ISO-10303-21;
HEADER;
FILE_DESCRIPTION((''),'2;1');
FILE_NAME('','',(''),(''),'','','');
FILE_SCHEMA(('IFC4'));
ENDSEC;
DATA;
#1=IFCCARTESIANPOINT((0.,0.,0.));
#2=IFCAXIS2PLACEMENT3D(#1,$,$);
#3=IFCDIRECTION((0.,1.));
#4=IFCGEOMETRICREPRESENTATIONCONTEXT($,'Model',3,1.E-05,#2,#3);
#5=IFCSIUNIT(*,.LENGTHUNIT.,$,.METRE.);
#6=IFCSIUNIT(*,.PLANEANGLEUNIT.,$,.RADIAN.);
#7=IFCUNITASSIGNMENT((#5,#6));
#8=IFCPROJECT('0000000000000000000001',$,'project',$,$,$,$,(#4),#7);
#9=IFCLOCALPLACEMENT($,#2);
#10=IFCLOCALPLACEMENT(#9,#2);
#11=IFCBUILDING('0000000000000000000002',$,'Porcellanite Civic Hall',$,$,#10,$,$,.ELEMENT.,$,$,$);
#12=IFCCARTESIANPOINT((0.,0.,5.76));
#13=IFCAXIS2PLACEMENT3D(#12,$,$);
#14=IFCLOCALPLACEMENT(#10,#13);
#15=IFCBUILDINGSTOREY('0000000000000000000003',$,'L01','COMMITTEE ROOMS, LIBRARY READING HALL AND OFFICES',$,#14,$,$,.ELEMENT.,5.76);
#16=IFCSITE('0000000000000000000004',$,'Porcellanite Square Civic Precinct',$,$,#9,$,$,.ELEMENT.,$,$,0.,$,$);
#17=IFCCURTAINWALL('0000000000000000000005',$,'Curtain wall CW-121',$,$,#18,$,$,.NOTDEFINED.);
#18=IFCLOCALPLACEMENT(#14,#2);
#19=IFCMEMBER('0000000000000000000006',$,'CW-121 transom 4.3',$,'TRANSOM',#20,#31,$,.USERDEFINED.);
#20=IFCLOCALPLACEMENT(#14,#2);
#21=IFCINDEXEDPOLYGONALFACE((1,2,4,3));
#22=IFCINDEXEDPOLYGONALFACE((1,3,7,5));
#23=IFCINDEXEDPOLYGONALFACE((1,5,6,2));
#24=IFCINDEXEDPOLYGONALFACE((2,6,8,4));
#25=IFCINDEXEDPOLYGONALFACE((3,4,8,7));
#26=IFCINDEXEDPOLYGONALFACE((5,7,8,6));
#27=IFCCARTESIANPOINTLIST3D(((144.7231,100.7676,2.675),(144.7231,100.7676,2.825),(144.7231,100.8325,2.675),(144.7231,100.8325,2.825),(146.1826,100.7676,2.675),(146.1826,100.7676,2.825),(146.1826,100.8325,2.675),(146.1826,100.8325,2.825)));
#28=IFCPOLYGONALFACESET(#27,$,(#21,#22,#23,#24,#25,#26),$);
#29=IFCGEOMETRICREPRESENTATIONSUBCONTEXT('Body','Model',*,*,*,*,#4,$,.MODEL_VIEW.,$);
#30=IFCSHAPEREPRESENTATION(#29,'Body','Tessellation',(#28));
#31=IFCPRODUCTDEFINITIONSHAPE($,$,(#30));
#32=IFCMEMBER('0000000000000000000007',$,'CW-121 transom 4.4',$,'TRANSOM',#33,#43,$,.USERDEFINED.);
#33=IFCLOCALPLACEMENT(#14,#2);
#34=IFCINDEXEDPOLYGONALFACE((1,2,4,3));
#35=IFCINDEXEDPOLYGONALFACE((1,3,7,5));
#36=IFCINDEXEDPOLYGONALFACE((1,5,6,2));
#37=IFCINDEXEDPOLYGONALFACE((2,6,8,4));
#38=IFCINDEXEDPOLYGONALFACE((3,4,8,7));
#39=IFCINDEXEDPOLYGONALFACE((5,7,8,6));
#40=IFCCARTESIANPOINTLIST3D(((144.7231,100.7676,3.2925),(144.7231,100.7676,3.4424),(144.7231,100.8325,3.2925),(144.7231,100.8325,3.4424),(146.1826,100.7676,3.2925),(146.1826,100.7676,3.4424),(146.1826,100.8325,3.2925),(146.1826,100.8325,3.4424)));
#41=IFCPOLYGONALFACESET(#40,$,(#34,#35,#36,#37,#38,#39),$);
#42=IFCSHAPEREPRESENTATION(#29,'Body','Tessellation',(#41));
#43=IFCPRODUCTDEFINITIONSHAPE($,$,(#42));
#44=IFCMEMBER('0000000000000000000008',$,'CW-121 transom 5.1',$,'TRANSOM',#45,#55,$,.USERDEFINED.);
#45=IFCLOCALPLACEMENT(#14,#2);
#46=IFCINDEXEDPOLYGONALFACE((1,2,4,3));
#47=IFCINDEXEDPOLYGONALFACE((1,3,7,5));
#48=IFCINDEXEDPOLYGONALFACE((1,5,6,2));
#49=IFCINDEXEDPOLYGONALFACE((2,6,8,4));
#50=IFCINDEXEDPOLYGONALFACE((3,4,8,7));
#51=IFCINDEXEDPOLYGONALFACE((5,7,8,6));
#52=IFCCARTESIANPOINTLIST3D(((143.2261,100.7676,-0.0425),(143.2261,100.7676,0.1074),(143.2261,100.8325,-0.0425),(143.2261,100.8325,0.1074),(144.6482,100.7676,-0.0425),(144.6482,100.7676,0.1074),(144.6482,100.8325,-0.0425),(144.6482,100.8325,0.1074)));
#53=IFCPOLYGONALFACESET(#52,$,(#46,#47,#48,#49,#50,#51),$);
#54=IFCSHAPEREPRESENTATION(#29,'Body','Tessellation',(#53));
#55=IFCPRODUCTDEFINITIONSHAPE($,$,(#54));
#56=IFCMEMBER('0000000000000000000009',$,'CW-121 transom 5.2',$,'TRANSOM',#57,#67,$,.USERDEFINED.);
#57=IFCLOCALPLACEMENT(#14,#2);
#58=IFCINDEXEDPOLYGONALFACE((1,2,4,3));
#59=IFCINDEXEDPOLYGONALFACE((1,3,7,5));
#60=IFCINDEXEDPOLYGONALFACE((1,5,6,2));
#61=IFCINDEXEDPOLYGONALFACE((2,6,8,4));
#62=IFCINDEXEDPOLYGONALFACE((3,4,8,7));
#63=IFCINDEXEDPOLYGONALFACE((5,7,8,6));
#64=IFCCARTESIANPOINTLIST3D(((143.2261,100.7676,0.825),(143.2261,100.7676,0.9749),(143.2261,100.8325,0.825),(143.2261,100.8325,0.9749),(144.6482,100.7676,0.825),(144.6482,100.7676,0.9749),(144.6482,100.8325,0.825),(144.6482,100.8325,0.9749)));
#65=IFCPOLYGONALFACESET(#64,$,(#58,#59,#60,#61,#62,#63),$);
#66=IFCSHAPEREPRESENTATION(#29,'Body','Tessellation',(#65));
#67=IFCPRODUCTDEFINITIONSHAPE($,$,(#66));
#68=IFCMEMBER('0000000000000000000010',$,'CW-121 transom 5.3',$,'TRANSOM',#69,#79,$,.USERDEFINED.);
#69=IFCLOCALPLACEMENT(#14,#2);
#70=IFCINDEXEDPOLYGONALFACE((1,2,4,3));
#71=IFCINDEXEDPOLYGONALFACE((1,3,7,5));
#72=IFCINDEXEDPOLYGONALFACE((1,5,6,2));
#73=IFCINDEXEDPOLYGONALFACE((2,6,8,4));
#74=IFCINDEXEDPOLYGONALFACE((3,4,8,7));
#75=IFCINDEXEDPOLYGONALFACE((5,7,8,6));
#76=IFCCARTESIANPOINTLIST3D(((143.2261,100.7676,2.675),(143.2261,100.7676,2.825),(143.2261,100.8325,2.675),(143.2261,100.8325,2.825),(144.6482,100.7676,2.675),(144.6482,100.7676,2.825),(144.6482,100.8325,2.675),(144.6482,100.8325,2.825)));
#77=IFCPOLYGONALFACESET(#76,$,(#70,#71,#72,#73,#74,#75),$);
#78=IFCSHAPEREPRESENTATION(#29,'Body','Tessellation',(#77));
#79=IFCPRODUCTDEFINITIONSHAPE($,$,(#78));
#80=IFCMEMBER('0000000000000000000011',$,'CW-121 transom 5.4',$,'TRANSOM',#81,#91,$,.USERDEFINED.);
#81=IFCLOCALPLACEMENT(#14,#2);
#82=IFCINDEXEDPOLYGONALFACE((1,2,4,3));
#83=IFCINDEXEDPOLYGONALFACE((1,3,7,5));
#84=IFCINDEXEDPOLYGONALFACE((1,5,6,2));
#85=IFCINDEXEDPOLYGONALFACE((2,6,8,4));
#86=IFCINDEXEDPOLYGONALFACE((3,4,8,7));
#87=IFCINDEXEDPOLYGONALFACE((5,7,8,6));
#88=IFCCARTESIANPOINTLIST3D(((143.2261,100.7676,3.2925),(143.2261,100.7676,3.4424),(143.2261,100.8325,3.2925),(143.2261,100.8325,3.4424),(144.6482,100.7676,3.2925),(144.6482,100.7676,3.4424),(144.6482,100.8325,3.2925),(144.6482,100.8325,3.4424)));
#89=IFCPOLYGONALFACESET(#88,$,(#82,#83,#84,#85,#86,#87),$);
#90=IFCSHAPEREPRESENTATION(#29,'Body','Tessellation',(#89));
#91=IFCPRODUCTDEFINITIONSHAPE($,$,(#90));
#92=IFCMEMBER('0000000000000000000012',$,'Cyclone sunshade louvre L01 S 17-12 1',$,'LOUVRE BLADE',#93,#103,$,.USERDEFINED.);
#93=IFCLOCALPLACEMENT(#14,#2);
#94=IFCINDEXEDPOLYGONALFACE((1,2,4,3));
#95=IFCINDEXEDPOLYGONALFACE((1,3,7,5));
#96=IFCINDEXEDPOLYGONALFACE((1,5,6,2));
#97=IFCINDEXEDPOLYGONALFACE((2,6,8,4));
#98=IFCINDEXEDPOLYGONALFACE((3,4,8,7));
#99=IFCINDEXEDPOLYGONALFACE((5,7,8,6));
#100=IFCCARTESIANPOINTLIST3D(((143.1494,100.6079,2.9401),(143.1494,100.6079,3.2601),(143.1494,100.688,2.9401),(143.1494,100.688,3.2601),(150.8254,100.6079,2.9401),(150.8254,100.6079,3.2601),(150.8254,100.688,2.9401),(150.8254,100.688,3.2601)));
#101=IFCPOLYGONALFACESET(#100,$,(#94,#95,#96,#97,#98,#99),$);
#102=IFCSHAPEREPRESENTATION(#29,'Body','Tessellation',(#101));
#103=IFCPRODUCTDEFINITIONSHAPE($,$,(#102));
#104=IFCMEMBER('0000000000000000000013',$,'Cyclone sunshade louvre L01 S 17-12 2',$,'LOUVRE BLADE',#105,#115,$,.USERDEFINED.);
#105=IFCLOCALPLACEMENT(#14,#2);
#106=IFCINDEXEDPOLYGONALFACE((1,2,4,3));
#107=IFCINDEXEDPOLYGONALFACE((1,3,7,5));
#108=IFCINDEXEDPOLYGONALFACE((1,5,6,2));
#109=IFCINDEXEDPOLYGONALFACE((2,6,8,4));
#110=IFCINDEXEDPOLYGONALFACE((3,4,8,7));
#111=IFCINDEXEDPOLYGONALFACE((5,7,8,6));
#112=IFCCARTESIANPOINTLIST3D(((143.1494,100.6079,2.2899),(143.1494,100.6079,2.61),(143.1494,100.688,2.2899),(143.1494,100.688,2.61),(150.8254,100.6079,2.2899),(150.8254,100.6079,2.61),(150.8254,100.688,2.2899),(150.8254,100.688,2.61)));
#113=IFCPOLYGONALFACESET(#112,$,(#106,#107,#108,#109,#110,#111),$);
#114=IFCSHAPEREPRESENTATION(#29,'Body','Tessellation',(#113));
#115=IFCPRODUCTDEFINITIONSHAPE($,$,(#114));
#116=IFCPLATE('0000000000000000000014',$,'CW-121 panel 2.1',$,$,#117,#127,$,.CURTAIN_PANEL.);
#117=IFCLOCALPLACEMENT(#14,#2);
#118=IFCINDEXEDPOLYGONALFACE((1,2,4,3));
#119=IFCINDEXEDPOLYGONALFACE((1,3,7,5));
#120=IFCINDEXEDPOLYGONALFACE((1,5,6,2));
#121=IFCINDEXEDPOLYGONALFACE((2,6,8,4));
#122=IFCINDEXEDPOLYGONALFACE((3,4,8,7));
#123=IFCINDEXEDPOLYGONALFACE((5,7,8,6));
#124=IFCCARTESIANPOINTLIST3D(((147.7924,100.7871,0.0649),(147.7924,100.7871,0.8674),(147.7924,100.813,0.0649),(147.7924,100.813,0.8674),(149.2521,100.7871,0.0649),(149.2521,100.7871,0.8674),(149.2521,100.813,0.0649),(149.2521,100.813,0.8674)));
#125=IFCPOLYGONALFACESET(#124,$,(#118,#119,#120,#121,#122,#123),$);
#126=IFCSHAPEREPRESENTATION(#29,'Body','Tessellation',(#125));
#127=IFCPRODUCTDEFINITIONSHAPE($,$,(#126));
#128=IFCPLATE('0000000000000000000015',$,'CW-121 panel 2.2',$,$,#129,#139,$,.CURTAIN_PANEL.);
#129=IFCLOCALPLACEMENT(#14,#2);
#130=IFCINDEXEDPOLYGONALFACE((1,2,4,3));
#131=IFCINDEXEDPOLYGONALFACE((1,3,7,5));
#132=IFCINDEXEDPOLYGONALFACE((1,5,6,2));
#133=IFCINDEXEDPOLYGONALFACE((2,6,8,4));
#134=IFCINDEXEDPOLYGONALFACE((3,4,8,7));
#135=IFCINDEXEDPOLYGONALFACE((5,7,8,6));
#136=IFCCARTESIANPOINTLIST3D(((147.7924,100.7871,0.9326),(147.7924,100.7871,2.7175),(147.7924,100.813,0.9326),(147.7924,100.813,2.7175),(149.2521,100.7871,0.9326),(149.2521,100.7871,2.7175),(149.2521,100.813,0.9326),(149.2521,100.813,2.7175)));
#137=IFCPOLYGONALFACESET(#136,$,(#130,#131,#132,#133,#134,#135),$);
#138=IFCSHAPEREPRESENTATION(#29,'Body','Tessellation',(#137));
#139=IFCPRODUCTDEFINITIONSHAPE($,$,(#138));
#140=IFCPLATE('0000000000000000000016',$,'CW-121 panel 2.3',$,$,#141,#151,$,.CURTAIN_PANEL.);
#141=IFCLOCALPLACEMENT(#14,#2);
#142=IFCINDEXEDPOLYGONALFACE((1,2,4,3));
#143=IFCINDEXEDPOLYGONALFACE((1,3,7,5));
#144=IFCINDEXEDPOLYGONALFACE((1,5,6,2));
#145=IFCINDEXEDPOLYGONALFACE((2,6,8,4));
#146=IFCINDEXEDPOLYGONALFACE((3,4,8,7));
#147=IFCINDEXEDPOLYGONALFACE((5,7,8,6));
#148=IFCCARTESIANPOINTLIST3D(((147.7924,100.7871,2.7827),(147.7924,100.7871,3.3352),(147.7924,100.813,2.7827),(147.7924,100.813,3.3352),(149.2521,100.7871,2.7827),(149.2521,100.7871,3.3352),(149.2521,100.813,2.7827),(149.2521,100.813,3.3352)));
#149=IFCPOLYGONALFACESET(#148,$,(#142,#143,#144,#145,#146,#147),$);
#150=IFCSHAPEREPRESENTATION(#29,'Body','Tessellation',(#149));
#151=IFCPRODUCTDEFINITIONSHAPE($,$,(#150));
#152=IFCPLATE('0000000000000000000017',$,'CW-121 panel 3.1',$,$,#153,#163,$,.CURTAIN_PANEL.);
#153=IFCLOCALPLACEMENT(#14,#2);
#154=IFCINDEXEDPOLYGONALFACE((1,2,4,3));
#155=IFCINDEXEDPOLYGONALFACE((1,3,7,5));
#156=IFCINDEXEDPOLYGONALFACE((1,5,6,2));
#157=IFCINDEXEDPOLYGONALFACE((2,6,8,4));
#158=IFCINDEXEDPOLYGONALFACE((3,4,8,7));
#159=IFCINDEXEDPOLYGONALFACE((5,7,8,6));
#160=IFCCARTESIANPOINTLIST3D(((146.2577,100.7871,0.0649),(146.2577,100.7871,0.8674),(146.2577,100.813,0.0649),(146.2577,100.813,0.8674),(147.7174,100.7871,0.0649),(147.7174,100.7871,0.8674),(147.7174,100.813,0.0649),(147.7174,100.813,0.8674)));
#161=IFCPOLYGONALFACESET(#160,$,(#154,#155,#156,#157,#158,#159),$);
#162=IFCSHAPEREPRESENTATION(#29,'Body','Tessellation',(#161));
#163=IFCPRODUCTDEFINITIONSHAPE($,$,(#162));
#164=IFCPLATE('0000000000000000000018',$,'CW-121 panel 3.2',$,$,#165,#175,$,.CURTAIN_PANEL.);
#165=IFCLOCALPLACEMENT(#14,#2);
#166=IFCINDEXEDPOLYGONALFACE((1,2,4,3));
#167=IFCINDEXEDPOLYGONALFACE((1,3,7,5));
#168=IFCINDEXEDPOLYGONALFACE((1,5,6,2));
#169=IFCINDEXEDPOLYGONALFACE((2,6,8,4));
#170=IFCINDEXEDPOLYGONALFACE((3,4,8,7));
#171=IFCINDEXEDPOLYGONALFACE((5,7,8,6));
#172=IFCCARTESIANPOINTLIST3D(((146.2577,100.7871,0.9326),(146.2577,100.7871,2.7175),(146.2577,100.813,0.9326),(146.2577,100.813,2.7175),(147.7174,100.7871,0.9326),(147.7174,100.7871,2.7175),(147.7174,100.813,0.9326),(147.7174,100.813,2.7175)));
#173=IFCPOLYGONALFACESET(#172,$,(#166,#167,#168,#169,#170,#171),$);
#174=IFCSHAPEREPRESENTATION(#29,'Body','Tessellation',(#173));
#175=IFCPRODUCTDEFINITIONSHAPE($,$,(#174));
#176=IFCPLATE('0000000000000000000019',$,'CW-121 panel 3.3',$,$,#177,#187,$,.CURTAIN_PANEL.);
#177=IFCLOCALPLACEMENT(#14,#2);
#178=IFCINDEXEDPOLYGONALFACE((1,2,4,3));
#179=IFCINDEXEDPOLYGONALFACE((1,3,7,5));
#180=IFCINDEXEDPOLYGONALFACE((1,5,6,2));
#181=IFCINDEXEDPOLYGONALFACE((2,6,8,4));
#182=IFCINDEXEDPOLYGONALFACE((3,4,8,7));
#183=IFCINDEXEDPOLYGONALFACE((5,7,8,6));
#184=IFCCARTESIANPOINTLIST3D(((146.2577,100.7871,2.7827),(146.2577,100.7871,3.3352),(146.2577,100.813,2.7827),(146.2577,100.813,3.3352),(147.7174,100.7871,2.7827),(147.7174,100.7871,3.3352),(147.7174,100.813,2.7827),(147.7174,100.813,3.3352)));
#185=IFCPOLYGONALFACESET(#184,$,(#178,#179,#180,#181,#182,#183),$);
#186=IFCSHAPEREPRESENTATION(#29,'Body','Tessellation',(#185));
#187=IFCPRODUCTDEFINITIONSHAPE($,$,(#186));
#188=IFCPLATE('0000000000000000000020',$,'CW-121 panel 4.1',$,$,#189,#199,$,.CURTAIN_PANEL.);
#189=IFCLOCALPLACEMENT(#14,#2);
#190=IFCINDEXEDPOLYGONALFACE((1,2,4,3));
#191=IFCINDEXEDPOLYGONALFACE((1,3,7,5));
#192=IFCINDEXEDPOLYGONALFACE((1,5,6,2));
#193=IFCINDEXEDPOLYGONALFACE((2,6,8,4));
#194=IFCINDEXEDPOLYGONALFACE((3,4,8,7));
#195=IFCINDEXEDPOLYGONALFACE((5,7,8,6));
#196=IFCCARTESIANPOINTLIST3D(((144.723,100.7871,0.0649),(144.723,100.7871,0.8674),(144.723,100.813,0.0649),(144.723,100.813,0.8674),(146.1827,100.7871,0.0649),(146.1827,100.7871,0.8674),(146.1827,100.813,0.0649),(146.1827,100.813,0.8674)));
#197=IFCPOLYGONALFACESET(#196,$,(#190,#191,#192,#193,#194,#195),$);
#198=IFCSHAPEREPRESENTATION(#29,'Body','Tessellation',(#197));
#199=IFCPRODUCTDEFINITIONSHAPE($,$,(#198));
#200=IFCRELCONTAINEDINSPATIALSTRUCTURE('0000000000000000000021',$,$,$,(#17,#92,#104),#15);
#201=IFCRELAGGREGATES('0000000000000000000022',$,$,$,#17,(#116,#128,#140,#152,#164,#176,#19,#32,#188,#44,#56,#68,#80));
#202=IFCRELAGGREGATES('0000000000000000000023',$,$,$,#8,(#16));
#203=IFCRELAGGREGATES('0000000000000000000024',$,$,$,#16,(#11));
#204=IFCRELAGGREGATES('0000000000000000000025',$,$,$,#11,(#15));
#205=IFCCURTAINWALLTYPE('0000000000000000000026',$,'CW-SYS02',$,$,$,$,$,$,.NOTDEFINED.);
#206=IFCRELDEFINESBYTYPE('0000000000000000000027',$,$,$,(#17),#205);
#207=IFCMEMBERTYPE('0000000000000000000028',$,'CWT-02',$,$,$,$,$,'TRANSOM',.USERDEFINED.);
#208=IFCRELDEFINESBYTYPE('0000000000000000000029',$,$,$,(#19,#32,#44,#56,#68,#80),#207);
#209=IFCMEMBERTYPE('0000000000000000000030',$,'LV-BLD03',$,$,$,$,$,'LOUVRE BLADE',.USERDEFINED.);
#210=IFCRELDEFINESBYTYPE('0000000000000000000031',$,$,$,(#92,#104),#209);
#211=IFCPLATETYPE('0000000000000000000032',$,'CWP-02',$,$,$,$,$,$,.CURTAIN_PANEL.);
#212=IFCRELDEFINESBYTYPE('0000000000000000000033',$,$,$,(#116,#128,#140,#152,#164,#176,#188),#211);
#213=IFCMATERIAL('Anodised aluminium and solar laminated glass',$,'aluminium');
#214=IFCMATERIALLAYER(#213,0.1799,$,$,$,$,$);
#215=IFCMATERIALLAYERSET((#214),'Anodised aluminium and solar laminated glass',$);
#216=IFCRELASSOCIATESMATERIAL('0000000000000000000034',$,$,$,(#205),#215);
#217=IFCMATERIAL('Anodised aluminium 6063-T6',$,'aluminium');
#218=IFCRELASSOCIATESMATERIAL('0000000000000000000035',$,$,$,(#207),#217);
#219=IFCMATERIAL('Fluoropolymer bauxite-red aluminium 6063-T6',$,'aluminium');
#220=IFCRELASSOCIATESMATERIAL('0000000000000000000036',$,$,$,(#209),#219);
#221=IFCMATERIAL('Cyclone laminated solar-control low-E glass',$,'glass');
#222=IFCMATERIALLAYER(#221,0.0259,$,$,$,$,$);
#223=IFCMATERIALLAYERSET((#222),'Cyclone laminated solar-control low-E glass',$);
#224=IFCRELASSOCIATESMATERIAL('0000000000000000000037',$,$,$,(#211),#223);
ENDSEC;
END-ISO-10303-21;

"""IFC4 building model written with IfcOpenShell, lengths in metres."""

from ifc_helpers import new_model, si_unit, direction, frame, origin, origin_2d, place, context, subcontext, project, spatial, rectangle, extrude, material, layer, layer_set, material_profile, profile_set, type_object, element, aggregate, save


model = new_model("IFC4")

# Units and contexts
model_context = context("Model", 3, precision=1e-05, world=origin(), true_north=direction((0.0, 1.0)))
body_context = subcontext(model_context, "Body", "Model", "MODEL_VIEW")
ifc_project = project(units=[si_unit("LENGTHUNIT", "METRE"), si_unit("PLANEANGLEUNIT", "RADIAN")], contexts=[model_context])

# Site, building, storey
site_placement = place(None, origin())
site = spatial("IfcSite", under=ifc_project, at=site_placement, Name="Porcellanite Square Civic Precinct", CompositionType="ELEMENT", RefElevation=0.0)
building_placement = place(site_placement, origin())
building = spatial("IfcBuilding", under=site, at=building_placement, Name="Porcellanite Civic Hall", CompositionType="ELEMENT")
storey_placement = place(building_placement, frame((0.0, 0.0, 5.76)))
storey = spatial("IfcBuildingStorey", under=building, at=storey_placement, Name="L01", Description="COMMITTEE ROOMS, LIBRARY READING HALL AND OFFICES", CompositionType="ELEMENT", Elevation=5.76)

# Curtain wall, members
ifc_material_1 = material(Name="Anodised aluminium and solar laminated glass", Category="aluminium")
ifc_layer_1 = layer(ifc_material_1, 0.1799)
ifc_layer_set_1 = layer_set([ifc_layer_1], Name="Anodised aluminium and solar laminated glass")
curtain_wall_type = type_object("IfcCurtainWallType", Name="CW-SYS02", PredefinedType="NOTDEFINED", material=ifc_layer_set_1)
curtain_wall_placement = place(storey_placement, origin())
curtain_wall = element("IfcCurtainWall", 1, at=curtain_wall_placement, inside=storey, type_object=curtain_wall_type, Name="Curtain wall CW-121", PredefinedType="NOTDEFINED")
ifc_material_2 = material(Name="Anodised aluminium 6063-T6", Category="aluminium")
ifc_material_profile_1 = material_profile(ifc_material_2, rectangle(XDim=0.0649, YDim=0.1499, at=origin_2d()), Name="AL-65x150")
ifc_profile_set_1 = profile_set([ifc_material_profile_1], Name="Anodised aluminium 6063-T6")
member_type_1 = type_object("IfcMemberType", Name="CWT-02", ElementType="TRANSOM", PredefinedType="USERDEFINED", material=ifc_profile_set_1)
member_1_placement = place(storey_placement, frame((146.1826, 100.8, 2.75), z_axis=(-1.0, 0.0, 0.0), x_axis=(0.0, -1.0, 0.0)))
member_1 = element("IfcMember", 2, at=member_1_placement, type_object=member_type_1, Name="CW-121 transom 4.3", ObjectType="TRANSOM", PredefinedType="USERDEFINED", context=body_context, shape_type="SweptSolid", body=[
    extrude(rectangle(XDim=0.0649, YDim=0.1499, at=origin_2d()), origin(), (0.0, 0.0, 1.0), 1.4595),
])
member_2_placement = place(storey_placement, frame((146.1826, 100.8, 3.3674), z_axis=(-1.0, 0.0, 0.0), x_axis=(0.0, -1.0, 0.0)))
member_2 = element("IfcMember", 3, at=member_2_placement, type_object=member_type_1, Name="CW-121 transom 4.4", ObjectType="TRANSOM", PredefinedType="USERDEFINED", context=body_context, shape_type="SweptSolid", body=[
    extrude(rectangle(XDim=0.0649, YDim=0.1499, at=origin_2d()), origin(), (0.0, 0.0, 1.0), 1.4595),
])
member_3_placement = place(storey_placement, frame((144.6482, 100.8, 0.0325), z_axis=(-1.0, 0.0, 0.0), x_axis=(0.0, -1.0, 0.0)))
member_3 = element("IfcMember", 4, at=member_3_placement, type_object=member_type_1, Name="CW-121 transom 5.1", ObjectType="TRANSOM", PredefinedType="USERDEFINED", context=body_context, shape_type="SweptSolid", body=[
    extrude(rectangle(XDim=0.0649, YDim=0.1499, at=origin_2d()), origin(), (0.0, 0.0, 1.0), 1.4221),
])
member_4_placement = place(storey_placement, frame((144.6482, 100.8, 0.8999), z_axis=(-1.0, 0.0, 0.0), x_axis=(0.0, -1.0, 0.0)))
member_4 = element("IfcMember", 5, at=member_4_placement, type_object=member_type_1, Name="CW-121 transom 5.2", ObjectType="TRANSOM", PredefinedType="USERDEFINED", context=body_context, shape_type="SweptSolid", body=[
    extrude(rectangle(XDim=0.0649, YDim=0.1499, at=origin_2d()), origin(), (0.0, 0.0, 1.0), 1.4221),
])
member_5_placement = place(storey_placement, frame((144.6482, 100.8, 2.75), z_axis=(-1.0, 0.0, 0.0), x_axis=(0.0, -1.0, 0.0)))
member_5 = element("IfcMember", 6, at=member_5_placement, type_object=member_type_1, Name="CW-121 transom 5.3", ObjectType="TRANSOM", PredefinedType="USERDEFINED", context=body_context, shape_type="SweptSolid", body=[
    extrude(rectangle(XDim=0.0649, YDim=0.1499, at=origin_2d()), origin(), (0.0, 0.0, 1.0), 1.4221),
])
member_6_placement = place(storey_placement, frame((144.6482, 100.8, 3.3674), z_axis=(-1.0, 0.0, 0.0), x_axis=(0.0, -1.0, 0.0)))
member_6 = element("IfcMember", 7, at=member_6_placement, type_object=member_type_1, Name="CW-121 transom 5.4", ObjectType="TRANSOM", PredefinedType="USERDEFINED", context=body_context, shape_type="SweptSolid", body=[
    extrude(rectangle(XDim=0.0649, YDim=0.1499, at=origin_2d()), origin(), (0.0, 0.0, 1.0), 1.4221),
])

# Members
ifc_material_3 = material(Name="Fluoropolymer bauxite-red aluminium 6063-T6", Category="aluminium")
ifc_material_profile_2 = material_profile(ifc_material_3, rectangle(XDim=0.0801, YDim=0.3201, at=origin_2d()), Name="AL-80x320")
ifc_profile_set_2 = profile_set([ifc_material_profile_2], Name="Fluoropolymer bauxite-red aluminium 6063-T6")
member_type_2 = type_object("IfcMemberType", Name="LV-BLD03", ElementType="LOUVRE BLADE", PredefinedType="USERDEFINED", material=ifc_profile_set_2)
for number, where, z_axis, x_axis, name in (
    (8, (150.8254, 100.6479, 3.1001), (-1.0, 0.0, 0.0), (0.0, -1.0, 0.0), "Cyclone sunshade louvre L01 S 17-12 1"),
    (9, (150.8254, 100.6479, 2.45), (-1.0, 0.0, 0.0), (0.0, -1.0, 0.0), "Cyclone sunshade louvre L01 S 17-12 2"),
):
    element("IfcMember", number, at=place(storey_placement, frame(where, z_axis=z_axis, x_axis=x_axis)), inside=storey, type_object=member_type_2, Name=name, ObjectType="LOUVRE BLADE", PredefinedType="USERDEFINED", context=body_context, shape_type="SweptSolid", body=[
        extrude(rectangle(XDim=0.0801, YDim=0.3201, at=origin_2d()), origin(), (0.0, 0.0, 1.0), 7.676),
    ])

# Plates
ifc_material_4 = material(Name="Cyclone laminated solar-control low-E glass", Category="glass")
ifc_layer_2 = layer(ifc_material_4, 0.0259)
ifc_layer_set_2 = layer_set([ifc_layer_2], Name="Cyclone laminated solar-control low-E glass")
plate_type = type_object("IfcPlateType", Name="CWP-02", PredefinedType="CURTAIN_PANEL", material=ifc_layer_set_2)
plate_1_placement = place(storey_placement, frame((148.5222, 100.8, 0.0649), z_axis=(0.0, 0.0, 1.0), x_axis=(-1.0, 0.0, 0.0)))
plate_1 = element("IfcPlate", 10, at=plate_1_placement, type_object=plate_type, Name="CW-121 panel 2.1", PredefinedType="CURTAIN_PANEL", context=body_context, shape_type="SweptSolid", body=[
    extrude(rectangle(XDim=1.4597, YDim=0.0259, at=origin_2d()), origin(), (0.0, 0.0, 1.0), 0.8025),
])
plate_2_placement = place(storey_placement, frame((148.5222, 100.8, 0.9326), z_axis=(0.0, 0.0, 1.0), x_axis=(-1.0, 0.0, 0.0)))
plate_2 = element("IfcPlate", 11, at=plate_2_placement, type_object=plate_type, Name="CW-121 panel 2.2", PredefinedType="CURTAIN_PANEL", context=body_context, shape_type="SweptSolid", body=[
    extrude(rectangle(XDim=1.4597, YDim=0.0259, at=origin_2d()), origin(), (0.0, 0.0, 1.0), 1.7849),
])
plate_3_placement = place(storey_placement, frame((148.5222, 100.8, 2.7827), z_axis=(0.0, 0.0, 1.0), x_axis=(-1.0, 0.0, 0.0)))
plate_3 = element("IfcPlate", 12, at=plate_3_placement, type_object=plate_type, Name="CW-121 panel 2.3", PredefinedType="CURTAIN_PANEL", context=body_context, shape_type="SweptSolid", body=[
    extrude(rectangle(XDim=1.4597, YDim=0.0259, at=origin_2d()), origin(), (0.0, 0.0, 1.0), 0.5525),
])
plate_4_placement = place(storey_placement, frame((146.9875, 100.8, 0.0649), z_axis=(0.0, 0.0, 1.0), x_axis=(-1.0, 0.0, 0.0)))
plate_4 = element("IfcPlate", 13, at=plate_4_placement, type_object=plate_type, Name="CW-121 panel 3.1", PredefinedType="CURTAIN_PANEL", context=body_context, shape_type="SweptSolid", body=[
    extrude(rectangle(XDim=1.4597, YDim=0.0259, at=origin_2d()), origin(), (0.0, 0.0, 1.0), 0.8025),
])
plate_5_placement = place(storey_placement, frame((146.9875, 100.8, 0.9326), z_axis=(0.0, 0.0, 1.0), x_axis=(-1.0, 0.0, 0.0)))
plate_5 = element("IfcPlate", 14, at=plate_5_placement, type_object=plate_type, Name="CW-121 panel 3.2", PredefinedType="CURTAIN_PANEL", context=body_context, shape_type="SweptSolid", body=[
    extrude(rectangle(XDim=1.4597, YDim=0.0259, at=origin_2d()), origin(), (0.0, 0.0, 1.0), 1.7849),
])
plate_6_placement = place(storey_placement, frame((146.9875, 100.8, 2.7827), z_axis=(0.0, 0.0, 1.0), x_axis=(-1.0, 0.0, 0.0)))
plate_6 = element("IfcPlate", 15, at=plate_6_placement, type_object=plate_type, Name="CW-121 panel 3.3", PredefinedType="CURTAIN_PANEL", context=body_context, shape_type="SweptSolid", body=[
    extrude(rectangle(XDim=1.4597, YDim=0.0259, at=origin_2d()), origin(), (0.0, 0.0, 1.0), 0.5525),
])
plate_7_placement = place(storey_placement, frame((145.4529, 100.8, 0.0649), z_axis=(0.0, 0.0, 1.0), x_axis=(-1.0, 0.0, 0.0)))
plate_7 = element("IfcPlate", 16, at=plate_7_placement, type_object=plate_type, Name="CW-121 panel 4.1", PredefinedType="CURTAIN_PANEL", context=body_context, shape_type="SweptSolid", body=[
    extrude(rectangle(XDim=1.4597, YDim=0.0259, at=origin_2d()), origin(), (0.0, 0.0, 1.0), 0.8025),
])
aggregate(curtain_wall, [plate_1, plate_2, plate_3, plate_4, plate_5, plate_6, member_1, member_2, plate_7, member_3, member_4, member_5, member_6])

save(model, "model.ifc")
